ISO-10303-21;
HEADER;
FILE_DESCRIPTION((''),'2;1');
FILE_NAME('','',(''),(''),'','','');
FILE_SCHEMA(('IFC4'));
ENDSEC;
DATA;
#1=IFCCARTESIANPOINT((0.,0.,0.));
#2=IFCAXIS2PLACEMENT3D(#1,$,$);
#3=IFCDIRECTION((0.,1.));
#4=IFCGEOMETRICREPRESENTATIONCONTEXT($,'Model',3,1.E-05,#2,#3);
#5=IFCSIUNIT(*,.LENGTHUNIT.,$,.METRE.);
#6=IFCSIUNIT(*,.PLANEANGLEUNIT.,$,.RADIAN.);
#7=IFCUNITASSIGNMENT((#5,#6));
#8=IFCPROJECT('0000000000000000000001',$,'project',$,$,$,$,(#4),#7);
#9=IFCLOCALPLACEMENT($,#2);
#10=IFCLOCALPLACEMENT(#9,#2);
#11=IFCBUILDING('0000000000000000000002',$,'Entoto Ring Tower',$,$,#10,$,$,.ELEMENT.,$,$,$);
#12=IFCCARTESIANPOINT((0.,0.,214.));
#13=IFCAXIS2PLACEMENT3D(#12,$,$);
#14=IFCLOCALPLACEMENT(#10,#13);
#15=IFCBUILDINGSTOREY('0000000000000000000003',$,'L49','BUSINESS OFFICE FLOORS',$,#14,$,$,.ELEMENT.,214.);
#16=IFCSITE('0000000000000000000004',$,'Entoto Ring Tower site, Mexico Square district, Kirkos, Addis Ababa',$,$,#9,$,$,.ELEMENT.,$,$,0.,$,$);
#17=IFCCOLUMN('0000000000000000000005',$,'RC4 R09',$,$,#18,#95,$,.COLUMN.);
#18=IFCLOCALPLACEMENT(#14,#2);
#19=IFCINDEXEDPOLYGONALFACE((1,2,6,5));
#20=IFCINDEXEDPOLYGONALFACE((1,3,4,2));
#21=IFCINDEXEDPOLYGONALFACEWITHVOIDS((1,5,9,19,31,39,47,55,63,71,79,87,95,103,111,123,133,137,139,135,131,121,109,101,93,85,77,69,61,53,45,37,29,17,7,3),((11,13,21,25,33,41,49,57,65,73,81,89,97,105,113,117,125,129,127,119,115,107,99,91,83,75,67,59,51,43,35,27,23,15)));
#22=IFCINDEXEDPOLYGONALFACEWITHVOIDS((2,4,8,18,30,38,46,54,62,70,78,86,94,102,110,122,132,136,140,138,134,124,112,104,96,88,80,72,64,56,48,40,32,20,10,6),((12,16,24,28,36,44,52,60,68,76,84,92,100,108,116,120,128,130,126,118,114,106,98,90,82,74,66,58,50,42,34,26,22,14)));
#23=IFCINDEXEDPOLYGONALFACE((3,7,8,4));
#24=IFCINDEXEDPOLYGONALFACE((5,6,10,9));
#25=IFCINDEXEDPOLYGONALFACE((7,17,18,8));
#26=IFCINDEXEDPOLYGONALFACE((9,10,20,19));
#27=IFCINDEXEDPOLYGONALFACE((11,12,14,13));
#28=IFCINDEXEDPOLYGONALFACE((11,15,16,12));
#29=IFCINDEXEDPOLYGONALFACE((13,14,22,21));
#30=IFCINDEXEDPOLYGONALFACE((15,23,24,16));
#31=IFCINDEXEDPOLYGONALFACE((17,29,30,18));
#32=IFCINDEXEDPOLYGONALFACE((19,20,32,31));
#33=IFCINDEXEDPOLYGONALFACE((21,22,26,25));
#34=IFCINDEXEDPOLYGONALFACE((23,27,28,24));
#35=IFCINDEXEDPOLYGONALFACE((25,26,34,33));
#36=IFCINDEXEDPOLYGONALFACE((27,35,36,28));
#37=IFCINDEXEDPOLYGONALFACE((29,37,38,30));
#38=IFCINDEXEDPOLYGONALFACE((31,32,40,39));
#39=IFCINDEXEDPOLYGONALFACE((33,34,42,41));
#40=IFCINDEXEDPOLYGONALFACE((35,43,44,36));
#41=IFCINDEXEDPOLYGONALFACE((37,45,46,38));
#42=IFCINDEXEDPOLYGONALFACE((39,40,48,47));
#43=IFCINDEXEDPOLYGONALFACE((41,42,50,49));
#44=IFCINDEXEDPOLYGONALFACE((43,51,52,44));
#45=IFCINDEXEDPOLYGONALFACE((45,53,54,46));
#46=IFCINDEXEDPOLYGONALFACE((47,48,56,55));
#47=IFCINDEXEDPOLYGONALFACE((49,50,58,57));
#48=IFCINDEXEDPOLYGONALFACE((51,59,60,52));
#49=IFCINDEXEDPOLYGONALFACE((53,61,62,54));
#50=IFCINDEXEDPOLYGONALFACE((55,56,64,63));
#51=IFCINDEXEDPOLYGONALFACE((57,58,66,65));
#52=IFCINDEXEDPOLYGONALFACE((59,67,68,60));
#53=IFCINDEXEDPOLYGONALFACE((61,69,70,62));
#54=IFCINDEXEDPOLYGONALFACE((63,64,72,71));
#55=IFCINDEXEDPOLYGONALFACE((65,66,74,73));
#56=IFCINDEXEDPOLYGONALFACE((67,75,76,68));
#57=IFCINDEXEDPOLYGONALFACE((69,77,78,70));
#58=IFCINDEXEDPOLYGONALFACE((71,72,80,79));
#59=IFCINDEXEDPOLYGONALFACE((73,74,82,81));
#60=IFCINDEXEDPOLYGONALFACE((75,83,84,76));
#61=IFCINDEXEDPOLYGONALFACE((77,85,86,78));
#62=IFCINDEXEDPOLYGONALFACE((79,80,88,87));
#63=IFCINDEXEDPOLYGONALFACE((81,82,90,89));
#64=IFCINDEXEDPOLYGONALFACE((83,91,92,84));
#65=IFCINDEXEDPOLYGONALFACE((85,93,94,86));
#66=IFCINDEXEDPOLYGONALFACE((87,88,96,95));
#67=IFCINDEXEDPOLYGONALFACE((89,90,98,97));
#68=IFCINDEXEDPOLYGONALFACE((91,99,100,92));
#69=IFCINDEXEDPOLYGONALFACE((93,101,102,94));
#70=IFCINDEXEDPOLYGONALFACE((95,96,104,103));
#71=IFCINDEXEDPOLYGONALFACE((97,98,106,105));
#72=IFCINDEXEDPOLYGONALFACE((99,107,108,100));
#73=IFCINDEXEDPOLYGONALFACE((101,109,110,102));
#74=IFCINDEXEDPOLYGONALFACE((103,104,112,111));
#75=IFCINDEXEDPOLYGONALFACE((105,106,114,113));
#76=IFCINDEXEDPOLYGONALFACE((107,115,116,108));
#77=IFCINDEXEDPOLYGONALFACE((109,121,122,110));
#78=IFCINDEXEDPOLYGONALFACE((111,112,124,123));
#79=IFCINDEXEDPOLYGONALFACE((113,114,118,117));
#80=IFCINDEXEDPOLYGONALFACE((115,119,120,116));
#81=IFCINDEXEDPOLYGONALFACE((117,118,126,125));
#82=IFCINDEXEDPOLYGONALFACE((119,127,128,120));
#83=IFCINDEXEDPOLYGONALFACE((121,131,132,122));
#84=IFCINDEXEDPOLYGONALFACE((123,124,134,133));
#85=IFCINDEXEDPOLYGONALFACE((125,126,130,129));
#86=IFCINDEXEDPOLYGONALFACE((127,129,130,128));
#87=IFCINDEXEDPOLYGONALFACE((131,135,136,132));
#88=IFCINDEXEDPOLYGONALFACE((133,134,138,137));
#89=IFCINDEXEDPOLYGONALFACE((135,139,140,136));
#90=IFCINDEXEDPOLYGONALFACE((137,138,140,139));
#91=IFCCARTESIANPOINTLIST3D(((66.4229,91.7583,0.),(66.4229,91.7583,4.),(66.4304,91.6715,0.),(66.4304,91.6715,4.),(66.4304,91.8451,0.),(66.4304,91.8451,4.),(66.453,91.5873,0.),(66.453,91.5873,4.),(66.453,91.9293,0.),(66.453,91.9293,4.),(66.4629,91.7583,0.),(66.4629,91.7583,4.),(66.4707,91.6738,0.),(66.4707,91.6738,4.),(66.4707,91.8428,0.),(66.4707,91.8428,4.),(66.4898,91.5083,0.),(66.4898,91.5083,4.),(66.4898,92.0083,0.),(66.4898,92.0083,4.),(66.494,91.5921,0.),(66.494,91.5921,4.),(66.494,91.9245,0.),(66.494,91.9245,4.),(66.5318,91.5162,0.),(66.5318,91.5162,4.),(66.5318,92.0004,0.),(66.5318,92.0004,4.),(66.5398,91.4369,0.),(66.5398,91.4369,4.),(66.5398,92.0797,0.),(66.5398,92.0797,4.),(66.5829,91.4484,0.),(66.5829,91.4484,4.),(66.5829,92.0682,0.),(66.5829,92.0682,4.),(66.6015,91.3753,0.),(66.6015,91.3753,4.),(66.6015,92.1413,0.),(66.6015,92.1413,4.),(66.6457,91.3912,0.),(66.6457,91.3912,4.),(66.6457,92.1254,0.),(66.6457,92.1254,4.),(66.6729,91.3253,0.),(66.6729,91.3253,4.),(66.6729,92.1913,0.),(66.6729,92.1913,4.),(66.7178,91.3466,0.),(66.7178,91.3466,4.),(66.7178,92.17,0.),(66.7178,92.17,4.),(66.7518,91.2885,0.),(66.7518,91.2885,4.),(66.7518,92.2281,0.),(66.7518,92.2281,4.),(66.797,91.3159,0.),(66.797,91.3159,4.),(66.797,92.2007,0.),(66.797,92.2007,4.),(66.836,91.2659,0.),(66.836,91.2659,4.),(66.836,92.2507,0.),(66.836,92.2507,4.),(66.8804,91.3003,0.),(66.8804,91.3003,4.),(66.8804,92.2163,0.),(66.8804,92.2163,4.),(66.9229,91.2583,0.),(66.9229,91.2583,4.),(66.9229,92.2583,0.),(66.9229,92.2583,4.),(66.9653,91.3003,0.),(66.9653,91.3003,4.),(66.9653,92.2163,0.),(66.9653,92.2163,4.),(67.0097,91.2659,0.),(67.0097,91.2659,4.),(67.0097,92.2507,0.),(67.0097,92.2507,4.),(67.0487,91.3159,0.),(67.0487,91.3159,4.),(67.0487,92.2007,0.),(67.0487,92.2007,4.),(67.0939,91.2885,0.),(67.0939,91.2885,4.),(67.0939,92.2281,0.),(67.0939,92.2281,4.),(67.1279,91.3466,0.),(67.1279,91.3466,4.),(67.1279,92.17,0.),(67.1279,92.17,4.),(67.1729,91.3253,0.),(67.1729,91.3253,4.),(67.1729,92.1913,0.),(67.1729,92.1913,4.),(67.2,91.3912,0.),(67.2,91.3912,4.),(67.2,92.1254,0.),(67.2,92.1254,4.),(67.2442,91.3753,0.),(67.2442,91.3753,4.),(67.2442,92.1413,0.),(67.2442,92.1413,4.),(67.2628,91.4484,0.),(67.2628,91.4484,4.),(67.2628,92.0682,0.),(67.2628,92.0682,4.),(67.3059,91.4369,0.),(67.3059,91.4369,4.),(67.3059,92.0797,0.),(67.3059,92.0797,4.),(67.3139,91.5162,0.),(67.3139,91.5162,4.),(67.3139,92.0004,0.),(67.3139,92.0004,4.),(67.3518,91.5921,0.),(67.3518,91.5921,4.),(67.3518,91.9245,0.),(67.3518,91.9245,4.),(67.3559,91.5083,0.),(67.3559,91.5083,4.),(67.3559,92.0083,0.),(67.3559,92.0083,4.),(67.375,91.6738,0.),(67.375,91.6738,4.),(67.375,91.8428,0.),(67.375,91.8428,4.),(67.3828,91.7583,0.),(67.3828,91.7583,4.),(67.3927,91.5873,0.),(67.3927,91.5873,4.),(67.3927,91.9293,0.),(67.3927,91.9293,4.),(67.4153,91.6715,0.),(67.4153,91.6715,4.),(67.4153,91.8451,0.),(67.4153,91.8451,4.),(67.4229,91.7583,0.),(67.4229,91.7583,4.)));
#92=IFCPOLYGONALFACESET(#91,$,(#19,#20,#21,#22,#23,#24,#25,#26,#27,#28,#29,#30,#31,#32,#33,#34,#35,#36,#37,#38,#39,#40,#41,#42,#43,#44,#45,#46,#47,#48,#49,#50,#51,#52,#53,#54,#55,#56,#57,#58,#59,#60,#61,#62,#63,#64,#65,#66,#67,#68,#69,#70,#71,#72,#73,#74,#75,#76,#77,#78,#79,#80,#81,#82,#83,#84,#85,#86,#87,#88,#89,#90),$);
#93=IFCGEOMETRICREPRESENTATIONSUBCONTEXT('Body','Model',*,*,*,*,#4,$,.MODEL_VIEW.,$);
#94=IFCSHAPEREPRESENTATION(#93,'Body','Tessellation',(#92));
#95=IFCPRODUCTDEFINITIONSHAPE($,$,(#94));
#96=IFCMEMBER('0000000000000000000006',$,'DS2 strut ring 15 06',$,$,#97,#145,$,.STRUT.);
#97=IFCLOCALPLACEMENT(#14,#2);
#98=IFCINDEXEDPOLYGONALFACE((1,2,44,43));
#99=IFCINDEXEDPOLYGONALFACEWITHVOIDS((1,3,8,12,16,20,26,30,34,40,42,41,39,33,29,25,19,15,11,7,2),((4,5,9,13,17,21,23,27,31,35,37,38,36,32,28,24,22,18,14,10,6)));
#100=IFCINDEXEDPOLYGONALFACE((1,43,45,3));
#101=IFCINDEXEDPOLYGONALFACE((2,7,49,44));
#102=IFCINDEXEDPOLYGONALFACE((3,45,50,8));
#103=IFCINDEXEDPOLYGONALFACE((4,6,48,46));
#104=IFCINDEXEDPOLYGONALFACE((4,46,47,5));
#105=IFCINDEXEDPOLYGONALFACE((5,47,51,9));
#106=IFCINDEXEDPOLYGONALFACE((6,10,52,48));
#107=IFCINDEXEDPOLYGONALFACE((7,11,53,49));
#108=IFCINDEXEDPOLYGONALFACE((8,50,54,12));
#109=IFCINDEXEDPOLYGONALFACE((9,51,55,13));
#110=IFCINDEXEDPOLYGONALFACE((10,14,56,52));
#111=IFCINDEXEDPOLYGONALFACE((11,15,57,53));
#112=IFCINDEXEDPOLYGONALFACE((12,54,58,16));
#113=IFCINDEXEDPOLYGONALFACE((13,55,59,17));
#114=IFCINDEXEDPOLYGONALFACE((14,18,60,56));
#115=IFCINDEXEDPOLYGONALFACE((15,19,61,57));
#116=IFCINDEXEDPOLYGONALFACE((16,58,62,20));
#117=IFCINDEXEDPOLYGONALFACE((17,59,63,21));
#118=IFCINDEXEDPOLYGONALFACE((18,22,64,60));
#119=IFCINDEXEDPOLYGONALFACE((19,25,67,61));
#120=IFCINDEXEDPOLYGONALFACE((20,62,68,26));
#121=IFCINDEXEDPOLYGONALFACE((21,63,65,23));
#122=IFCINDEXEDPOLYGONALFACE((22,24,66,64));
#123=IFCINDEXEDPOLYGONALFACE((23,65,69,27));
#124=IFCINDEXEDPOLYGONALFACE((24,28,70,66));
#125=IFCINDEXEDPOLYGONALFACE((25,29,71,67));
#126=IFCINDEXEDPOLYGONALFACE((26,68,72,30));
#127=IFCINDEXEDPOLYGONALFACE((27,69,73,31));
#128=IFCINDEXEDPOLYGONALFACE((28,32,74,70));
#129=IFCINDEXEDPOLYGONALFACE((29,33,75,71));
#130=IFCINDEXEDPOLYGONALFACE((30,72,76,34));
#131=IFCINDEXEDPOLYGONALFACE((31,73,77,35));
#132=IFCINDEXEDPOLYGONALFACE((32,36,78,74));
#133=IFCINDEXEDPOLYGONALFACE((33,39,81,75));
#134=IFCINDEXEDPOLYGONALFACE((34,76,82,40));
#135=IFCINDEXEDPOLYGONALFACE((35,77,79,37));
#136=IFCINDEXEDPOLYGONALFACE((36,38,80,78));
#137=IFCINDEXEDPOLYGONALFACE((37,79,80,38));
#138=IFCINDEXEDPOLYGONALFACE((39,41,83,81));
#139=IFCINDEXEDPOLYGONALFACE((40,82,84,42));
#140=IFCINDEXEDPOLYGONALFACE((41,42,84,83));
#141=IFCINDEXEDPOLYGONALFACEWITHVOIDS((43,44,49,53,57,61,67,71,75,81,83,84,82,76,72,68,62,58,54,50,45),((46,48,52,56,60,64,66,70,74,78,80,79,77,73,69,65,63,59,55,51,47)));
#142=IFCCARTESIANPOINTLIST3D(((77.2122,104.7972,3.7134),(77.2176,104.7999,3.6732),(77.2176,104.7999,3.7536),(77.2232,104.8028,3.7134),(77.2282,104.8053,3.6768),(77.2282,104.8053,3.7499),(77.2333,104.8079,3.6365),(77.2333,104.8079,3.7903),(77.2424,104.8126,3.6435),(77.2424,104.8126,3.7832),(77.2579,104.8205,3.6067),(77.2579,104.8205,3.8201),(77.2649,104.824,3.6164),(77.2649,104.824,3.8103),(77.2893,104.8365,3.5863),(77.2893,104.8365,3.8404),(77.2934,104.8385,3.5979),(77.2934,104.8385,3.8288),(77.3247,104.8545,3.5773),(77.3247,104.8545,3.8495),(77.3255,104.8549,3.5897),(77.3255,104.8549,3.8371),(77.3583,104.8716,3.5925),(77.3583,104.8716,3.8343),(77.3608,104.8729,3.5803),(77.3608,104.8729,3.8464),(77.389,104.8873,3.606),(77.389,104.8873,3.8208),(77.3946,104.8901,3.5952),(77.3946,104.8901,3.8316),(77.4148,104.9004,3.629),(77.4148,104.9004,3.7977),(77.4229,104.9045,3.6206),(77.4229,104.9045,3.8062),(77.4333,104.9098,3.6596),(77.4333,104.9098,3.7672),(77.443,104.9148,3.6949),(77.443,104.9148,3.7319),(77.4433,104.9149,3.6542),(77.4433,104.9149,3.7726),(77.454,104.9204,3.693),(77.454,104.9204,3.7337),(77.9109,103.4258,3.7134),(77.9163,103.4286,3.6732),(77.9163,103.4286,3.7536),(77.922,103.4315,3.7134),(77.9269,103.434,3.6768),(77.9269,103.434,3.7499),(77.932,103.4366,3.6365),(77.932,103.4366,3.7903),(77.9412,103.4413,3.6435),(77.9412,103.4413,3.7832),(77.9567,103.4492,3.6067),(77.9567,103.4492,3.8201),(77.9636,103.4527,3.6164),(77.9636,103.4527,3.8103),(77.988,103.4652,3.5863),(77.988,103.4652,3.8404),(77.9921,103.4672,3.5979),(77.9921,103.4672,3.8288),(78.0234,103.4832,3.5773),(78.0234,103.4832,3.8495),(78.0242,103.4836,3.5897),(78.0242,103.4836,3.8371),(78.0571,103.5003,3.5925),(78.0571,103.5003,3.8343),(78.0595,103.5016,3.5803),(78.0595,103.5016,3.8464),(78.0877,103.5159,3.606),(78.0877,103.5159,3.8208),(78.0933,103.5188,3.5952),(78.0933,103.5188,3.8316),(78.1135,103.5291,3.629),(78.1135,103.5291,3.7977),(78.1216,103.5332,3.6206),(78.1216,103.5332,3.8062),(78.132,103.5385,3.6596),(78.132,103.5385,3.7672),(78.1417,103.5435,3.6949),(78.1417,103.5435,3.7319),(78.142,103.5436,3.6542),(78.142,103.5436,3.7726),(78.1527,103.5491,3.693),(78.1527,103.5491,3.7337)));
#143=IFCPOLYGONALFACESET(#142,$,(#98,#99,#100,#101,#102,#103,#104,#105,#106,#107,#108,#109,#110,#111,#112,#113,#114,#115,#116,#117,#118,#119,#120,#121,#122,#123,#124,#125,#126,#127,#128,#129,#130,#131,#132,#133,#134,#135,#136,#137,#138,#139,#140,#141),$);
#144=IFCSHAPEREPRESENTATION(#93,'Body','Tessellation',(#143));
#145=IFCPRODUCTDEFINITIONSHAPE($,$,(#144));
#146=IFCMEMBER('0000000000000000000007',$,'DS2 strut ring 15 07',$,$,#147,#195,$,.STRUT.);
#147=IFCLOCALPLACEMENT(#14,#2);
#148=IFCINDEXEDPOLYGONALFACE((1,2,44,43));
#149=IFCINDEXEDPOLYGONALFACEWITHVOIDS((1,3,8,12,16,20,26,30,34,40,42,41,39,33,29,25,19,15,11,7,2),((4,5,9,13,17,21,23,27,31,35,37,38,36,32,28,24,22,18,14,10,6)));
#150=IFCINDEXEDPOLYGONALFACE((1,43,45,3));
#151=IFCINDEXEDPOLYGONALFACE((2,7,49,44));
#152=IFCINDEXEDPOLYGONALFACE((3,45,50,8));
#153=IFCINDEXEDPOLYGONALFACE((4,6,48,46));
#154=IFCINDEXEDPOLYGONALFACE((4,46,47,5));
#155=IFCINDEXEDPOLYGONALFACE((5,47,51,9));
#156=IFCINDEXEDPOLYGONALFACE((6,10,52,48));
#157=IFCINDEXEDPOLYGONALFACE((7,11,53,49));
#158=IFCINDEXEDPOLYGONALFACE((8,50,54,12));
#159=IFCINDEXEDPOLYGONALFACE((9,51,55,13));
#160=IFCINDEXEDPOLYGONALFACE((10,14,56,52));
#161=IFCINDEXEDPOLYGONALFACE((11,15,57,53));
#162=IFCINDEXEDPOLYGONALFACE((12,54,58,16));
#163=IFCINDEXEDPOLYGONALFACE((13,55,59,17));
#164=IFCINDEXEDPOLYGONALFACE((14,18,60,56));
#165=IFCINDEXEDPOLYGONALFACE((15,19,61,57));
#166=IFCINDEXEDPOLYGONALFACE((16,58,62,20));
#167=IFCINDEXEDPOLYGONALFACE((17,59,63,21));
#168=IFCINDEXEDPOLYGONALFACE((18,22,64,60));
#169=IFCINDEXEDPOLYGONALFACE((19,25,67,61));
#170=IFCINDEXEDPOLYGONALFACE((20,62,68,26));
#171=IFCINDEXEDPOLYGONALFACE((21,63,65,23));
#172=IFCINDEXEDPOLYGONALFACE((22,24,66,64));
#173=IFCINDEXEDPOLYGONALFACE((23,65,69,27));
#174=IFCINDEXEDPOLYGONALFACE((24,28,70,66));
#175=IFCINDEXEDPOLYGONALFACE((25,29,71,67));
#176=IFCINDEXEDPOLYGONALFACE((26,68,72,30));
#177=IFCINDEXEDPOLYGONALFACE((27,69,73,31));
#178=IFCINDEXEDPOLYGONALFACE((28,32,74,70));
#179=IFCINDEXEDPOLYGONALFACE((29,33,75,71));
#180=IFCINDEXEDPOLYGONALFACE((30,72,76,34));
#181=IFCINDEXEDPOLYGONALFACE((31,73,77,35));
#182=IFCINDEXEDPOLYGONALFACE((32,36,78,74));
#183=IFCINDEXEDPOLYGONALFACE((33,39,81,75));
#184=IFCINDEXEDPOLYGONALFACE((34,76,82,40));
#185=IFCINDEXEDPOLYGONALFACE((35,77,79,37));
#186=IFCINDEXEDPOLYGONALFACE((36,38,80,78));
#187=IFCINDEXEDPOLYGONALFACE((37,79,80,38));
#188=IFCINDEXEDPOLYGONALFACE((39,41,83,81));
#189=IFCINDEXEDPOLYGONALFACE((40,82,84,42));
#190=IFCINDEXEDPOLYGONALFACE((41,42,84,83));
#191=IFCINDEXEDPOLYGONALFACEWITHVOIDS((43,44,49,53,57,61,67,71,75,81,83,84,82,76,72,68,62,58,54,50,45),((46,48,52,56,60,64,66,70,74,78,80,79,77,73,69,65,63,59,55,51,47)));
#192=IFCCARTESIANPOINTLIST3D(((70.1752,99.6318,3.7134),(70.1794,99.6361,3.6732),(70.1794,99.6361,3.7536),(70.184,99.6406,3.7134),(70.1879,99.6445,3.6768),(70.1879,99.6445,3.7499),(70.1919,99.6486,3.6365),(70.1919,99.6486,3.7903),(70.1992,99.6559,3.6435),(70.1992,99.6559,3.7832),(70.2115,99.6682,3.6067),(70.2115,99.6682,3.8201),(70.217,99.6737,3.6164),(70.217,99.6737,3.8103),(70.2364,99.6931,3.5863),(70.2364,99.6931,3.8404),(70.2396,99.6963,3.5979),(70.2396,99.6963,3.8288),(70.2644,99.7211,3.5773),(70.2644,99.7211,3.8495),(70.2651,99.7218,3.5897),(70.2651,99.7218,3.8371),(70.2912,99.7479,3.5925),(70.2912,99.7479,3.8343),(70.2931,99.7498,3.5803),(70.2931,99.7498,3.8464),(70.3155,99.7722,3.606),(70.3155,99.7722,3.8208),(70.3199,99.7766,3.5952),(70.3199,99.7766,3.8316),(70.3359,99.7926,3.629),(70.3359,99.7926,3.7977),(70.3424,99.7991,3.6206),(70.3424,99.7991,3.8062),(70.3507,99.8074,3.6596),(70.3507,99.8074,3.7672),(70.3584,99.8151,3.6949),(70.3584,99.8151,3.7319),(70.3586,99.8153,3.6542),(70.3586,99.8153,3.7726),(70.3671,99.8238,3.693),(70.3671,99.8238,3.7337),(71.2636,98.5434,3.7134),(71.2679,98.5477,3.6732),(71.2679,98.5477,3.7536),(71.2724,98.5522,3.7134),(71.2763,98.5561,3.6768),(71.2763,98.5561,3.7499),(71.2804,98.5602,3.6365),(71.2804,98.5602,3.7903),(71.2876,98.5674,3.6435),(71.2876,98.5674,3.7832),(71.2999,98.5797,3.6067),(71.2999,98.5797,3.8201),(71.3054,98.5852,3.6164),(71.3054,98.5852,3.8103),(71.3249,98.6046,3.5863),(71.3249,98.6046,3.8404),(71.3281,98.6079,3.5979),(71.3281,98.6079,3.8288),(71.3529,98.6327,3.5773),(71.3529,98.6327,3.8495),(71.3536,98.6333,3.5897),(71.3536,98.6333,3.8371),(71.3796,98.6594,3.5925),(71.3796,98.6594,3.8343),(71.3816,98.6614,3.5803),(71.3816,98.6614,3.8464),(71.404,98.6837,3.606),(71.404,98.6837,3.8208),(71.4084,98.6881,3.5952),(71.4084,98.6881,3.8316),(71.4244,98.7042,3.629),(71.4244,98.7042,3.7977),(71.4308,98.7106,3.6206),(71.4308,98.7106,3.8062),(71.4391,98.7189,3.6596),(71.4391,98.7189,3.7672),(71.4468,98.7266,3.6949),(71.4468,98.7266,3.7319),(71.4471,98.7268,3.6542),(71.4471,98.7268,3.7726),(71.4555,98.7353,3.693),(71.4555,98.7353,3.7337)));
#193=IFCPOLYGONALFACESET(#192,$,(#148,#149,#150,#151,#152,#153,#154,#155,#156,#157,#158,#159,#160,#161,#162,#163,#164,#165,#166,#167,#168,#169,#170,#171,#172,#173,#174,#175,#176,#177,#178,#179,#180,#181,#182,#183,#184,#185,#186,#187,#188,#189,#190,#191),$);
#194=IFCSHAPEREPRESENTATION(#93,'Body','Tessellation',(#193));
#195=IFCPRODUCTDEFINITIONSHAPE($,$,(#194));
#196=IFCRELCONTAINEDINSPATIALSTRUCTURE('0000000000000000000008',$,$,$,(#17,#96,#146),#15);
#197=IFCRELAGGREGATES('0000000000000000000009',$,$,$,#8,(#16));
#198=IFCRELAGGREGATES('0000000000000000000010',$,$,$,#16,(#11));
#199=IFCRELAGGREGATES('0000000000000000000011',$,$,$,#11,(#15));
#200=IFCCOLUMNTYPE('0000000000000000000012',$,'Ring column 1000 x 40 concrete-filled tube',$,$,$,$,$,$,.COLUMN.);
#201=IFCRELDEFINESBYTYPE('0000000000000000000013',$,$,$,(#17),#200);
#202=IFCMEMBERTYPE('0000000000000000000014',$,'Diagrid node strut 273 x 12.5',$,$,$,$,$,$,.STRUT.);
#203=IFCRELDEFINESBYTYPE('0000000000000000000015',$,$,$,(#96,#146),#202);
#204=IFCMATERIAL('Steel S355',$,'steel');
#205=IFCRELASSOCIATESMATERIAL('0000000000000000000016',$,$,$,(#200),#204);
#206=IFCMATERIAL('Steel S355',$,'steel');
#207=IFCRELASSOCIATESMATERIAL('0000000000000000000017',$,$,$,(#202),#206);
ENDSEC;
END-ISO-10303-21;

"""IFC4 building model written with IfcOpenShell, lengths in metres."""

from ifc_helpers import new_model, si_unit, direction, frame, origin, origin_2d, place, context, subcontext, project, spatial, circle, hollow_circle, extrude, material, material_profile, profile_set, type_object, element, save


model = new_model("IFC4")

# Units and contexts
model_context = context("Model", 3, precision=1e-05, world=origin(), true_north=direction((0.0, 1.0)))
body_context = subcontext(model_context, "Body", "Model", "MODEL_VIEW")
ifc_project = project(units=[si_unit("LENGTHUNIT", "METRE"), si_unit("PLANEANGLEUNIT", "RADIAN")], contexts=[model_context])

# Site, building, storey
site_placement = place(None, origin())
site = spatial("IfcSite", under=ifc_project, at=site_placement, Name="Entoto Ring Tower site, Mexico Square district, Kirkos, Addis Ababa", CompositionType="ELEMENT", RefElevation=0.0)
building_placement = place(site_placement, origin())
building = spatial("IfcBuilding", under=site, at=building_placement, Name="Entoto Ring Tower", CompositionType="ELEMENT")
storey_placement = place(building_placement, frame((0.0, 0.0, 214.0)))
storey = spatial("IfcBuildingStorey", under=building, at=storey_placement, Name="L49", Description="BUSINESS OFFICE FLOORS", CompositionType="ELEMENT", Elevation=214.0)

# Column
ifc_material_1 = material(Name="Steel S355", Category="steel")
ifc_material_profile_1 = material_profile(ifc_material_1, hollow_circle(Radius=0.5, WallThickness=0.04, at=origin_2d()), Name="CHS 1000 x 40")
ifc_material_2 = material(Name="Concrete C60/75", Category="concrete")
ifc_material_profile_2 = material_profile(ifc_material_2, circle(Radius=0.46, at=origin_2d()), Name="Concrete C60/75 infill")
ifc_profile_set_1 = profile_set([ifc_material_profile_1, ifc_material_profile_2], Name="Steel S355")
column_type = type_object("IfcColumnType", Name="Ring column 1000 x 40 concrete-filled tube", PredefinedType="COLUMN", material=ifc_profile_set_1)
for number, where, z_axis, x_axis, name in (
    (1, (66.9229, 91.7583, 0.0), (0.0, 0.0, 1.0), (1.0, 0.0, 0.0), "RC4 R09"),
):
    element("IfcColumn", number, at=place(storey_placement, frame(where, z_axis=z_axis, x_axis=x_axis)), inside=storey, type_object=column_type, Name=name, PredefinedType="COLUMN", context=body_context, shape_type="SweptSolid", body=[
        extrude(hollow_circle(Radius=0.5, WallThickness=0.04, at=origin_2d()), origin(), (0.0, 0.0, 1.0), 4.0),
    ])

# Members
ifc_material_3 = material(Name="Steel S355", Category="steel")
ifc_material_profile_3 = material_profile(ifc_material_3, hollow_circle(Radius=0.1365, WallThickness=0.0125, at=origin_2d()), Name="CHS 273 x 12.5")
ifc_material_4 = material(Name="Concrete C60/75", Category="concrete")
ifc_material_profile_4 = material_profile(ifc_material_4, circle(Radius=0.124, at=origin_2d()), Name="Concrete C60/75 infill")
ifc_profile_set_2 = profile_set([ifc_material_profile_3, ifc_material_profile_4], Name="Steel S355")
member_type = type_object("IfcMemberType", Name="Diagrid node strut 273 x 12.5", PredefinedType="STRUT", material=ifc_profile_set_2)
member_1_placement = place(storey_placement, frame((78.0325, 103.4878, 3.7134), z_axis=(-0.45399, 0.891007, 0.0), x_axis=(-0.891007, -0.45399, 0.0)))
element("IfcMember", 2, at=member_1_placement, inside=storey, type_object=member_type, Name="DS2 strut ring 15 06", PredefinedType="STRUT", context=body_context, shape_type="SweptSolid", body=[
    extrude(hollow_circle(Radius=0.1365, WallThickness=0.0125, at=origin_2d()), origin(), (0.0, 0.0, 1.0), 1.5391),
])
member_2_placement = place(storey_placement, frame((71.3601, 98.6399, 3.7134), z_axis=(-0.707107, 0.707107, 0.0), x_axis=(-0.707107, -0.707107, 0.0)))
element("IfcMember", 3, at=member_2_placement, inside=storey, type_object=member_type, Name="DS2 strut ring 15 07", PredefinedType="STRUT", context=body_context, shape_type="SweptSolid", body=[
    extrude(hollow_circle(Radius=0.1365, WallThickness=0.0125, at=origin_2d()), origin(), (0.0, 0.0, 1.0), 1.5393),
])

save(model, "model.ifc")
